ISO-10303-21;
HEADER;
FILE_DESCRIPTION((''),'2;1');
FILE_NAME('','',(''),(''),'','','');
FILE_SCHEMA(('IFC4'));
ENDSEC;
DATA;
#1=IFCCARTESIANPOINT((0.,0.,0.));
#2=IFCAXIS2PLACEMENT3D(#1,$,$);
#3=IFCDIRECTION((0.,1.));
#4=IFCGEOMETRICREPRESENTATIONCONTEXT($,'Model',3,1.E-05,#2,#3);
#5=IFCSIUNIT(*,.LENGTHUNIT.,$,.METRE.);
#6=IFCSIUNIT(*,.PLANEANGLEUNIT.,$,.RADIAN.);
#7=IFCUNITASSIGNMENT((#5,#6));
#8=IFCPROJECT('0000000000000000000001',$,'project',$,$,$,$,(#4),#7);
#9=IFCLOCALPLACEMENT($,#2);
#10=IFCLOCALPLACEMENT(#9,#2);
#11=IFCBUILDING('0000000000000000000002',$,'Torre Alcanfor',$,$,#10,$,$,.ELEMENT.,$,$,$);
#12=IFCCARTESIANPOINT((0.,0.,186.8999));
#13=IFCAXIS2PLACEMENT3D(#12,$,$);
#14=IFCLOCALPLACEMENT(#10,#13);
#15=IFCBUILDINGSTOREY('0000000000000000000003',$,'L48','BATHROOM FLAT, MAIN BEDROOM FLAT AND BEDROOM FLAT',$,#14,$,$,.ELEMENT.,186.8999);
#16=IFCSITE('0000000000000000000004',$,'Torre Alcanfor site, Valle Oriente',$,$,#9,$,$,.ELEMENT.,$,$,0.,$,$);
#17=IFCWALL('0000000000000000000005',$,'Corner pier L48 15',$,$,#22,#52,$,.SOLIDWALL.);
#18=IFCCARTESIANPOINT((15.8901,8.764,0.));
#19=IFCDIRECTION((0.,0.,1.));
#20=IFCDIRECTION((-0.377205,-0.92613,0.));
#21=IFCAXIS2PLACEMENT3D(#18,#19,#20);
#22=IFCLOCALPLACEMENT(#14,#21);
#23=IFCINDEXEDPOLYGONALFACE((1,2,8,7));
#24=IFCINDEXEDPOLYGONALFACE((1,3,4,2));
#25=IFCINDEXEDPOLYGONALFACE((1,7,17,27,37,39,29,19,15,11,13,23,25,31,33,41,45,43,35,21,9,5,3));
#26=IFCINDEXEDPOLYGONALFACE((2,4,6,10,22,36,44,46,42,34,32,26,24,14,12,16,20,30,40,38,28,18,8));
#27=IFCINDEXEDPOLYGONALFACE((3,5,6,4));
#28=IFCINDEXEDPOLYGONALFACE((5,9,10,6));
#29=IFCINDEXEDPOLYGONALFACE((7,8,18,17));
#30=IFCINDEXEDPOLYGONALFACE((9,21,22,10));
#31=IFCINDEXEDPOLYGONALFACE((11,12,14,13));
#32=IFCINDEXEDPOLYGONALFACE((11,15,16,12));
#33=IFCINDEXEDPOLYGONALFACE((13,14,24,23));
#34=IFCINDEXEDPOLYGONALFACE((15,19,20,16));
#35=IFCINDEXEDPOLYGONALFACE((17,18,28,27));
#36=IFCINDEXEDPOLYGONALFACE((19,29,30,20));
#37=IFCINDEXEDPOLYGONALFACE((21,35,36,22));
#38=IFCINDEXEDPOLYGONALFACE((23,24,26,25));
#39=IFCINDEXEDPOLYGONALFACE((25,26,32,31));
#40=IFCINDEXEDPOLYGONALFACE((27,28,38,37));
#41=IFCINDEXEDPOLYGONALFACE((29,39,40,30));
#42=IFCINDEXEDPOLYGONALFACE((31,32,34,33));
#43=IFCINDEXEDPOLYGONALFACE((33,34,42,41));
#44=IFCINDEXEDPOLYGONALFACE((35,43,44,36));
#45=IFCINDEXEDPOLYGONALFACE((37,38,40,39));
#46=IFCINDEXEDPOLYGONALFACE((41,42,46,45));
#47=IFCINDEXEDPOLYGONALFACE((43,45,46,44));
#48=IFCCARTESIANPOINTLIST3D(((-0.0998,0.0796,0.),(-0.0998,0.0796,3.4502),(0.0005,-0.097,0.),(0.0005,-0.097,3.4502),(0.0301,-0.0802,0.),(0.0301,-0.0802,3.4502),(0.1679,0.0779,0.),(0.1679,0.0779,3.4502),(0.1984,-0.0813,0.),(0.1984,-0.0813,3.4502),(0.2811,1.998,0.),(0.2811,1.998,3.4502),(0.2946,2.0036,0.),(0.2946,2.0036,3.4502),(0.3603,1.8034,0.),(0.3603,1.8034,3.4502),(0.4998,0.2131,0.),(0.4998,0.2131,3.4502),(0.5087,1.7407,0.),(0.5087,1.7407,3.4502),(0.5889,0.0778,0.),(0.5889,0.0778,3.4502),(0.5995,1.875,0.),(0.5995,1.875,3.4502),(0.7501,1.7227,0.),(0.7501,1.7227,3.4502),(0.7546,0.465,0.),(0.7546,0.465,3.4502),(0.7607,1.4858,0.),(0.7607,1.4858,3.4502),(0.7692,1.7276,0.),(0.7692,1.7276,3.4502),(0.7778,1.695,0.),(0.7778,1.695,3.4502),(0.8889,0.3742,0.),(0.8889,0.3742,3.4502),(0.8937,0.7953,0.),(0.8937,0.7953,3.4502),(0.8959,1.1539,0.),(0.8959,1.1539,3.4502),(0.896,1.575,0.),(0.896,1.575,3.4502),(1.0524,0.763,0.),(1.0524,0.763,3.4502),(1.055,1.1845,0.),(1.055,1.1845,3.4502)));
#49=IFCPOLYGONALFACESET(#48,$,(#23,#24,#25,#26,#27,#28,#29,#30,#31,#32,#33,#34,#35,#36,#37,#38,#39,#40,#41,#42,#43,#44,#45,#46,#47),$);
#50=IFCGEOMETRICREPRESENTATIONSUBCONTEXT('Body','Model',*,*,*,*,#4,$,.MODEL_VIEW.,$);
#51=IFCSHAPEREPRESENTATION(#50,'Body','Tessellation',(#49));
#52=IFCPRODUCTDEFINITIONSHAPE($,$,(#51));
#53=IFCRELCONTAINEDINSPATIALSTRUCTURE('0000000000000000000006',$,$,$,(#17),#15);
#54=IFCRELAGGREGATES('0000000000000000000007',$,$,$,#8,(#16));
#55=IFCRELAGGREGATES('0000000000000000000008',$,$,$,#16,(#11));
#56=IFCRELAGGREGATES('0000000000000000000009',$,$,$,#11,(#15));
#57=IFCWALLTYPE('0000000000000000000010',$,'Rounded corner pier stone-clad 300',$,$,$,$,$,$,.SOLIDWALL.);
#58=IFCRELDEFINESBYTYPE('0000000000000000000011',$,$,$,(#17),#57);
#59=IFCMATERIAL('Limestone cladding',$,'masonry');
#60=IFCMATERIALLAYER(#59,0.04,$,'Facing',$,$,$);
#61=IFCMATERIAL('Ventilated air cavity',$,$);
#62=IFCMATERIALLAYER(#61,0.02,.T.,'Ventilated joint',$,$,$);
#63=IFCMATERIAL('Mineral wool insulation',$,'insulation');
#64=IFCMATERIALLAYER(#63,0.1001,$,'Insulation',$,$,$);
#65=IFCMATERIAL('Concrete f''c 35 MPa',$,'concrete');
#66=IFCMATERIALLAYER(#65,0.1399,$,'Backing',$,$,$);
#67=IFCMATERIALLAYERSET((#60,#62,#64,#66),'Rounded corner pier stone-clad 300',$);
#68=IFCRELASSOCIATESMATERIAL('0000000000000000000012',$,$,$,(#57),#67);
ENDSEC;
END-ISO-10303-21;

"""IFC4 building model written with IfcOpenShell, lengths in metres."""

from ifc_helpers import new_model, si_unit, direction, frame, origin, place, context, subcontext, project, spatial, polyline, outline, extrude, material, layer, layer_set, type_object, element, save


model = new_model("IFC4")

# Units and contexts
model_context = context("Model", 3, precision=1e-05, world=origin(), true_north=direction((0.0, 1.0)))
body_context = subcontext(model_context, "Body", "Model", "MODEL_VIEW")
ifc_project = project(units=[si_unit("LENGTHUNIT", "METRE"), si_unit("PLANEANGLEUNIT", "RADIAN")], contexts=[model_context])

# Site, building, storey
site_placement = place(None, origin())
site = spatial("IfcSite", under=ifc_project, at=site_placement, Name="Torre Alcanfor site, Valle Oriente", CompositionType="ELEMENT", RefElevation=0.0)
building_placement = place(site_placement, origin())
building = spatial("IfcBuilding", under=site, at=building_placement, Name="Torre Alcanfor", CompositionType="ELEMENT")
storey_placement = place(building_placement, frame((0.0, 0.0, 186.8999)))
storey = spatial("IfcBuildingStorey", under=building, at=storey_placement, Name="L48", Description="BATHROOM FLAT, MAIN BEDROOM FLAT AND BEDROOM FLAT", CompositionType="ELEMENT", Elevation=186.8999)

# Shared definitions
ifc_material_1 = material(Name="Limestone cladding", Category="masonry")
ifc_material_2 = material(Name="Ventilated air cavity")
ifc_material_3 = material(Name="Mineral wool insulation", Category="insulation")
ifc_material_4 = material(Name="Concrete f'c 35 MPa", Category="concrete")

# Wall
ifc_layer_1 = layer(ifc_material_1, 0.04, Name="Facing")
ifc_layer_2 = layer(ifc_material_2, 0.02, ventilated=True, Name="Ventilated joint")
ifc_layer_3 = layer(ifc_material_3, 0.1001, Name="Insulation")
ifc_layer_4 = layer(ifc_material_4, 0.1399, Name="Backing")
ifc_layer_set_1 = layer_set([ifc_layer_1, ifc_layer_2, ifc_layer_3, ifc_layer_4], Name="Rounded corner pier stone-clad 300")
wall_type_1 = type_object("IfcWallType", Name="Rounded corner pier stone-clad 300", PredefinedType="SOLIDWALL", material=ifc_layer_set_1)
wall_1_placement = place(storey_placement, frame((15.8901, 8.764, 0.0), z_axis=(0.0, 0.0, 1.0), x_axis=(-0.377205, -0.92613, 0.0)))
element("IfcWall", 1, at=wall_1_placement, inside=storey, type_object=wall_type_1, Name="Corner pier L48 15", PredefinedType="SOLIDWALL", context=body_context, shape_type="SweptSolid", body=[
    extrude(outline(polyline([(0.3603, 1.8034), (0.5087, 1.7407), (0.7607, 1.4858), (0.8959, 1.1539), (0.8937, 0.7953), (0.7546, 0.465), (0.4998, 0.2131), (0.1679, 0.0779), (-0.0998, 0.0796), (0.0005, -0.097), (0.0301, -0.0802), (0.1984, -0.0813), (0.5889, 0.0778), (0.8889, 0.3742), (1.0524, 0.763), (1.055, 1.1845), (0.896, 1.575), (0.7778, 1.695), (0.7692, 1.7276), (0.7501, 1.7227), (0.5995, 1.875), (0.2946, 2.0036), (0.2811, 1.998), (0.3603, 1.8034)])), origin(), (0.0, 0.0, 1.0), 3.4502),
])

save(model, "model.ifc")
